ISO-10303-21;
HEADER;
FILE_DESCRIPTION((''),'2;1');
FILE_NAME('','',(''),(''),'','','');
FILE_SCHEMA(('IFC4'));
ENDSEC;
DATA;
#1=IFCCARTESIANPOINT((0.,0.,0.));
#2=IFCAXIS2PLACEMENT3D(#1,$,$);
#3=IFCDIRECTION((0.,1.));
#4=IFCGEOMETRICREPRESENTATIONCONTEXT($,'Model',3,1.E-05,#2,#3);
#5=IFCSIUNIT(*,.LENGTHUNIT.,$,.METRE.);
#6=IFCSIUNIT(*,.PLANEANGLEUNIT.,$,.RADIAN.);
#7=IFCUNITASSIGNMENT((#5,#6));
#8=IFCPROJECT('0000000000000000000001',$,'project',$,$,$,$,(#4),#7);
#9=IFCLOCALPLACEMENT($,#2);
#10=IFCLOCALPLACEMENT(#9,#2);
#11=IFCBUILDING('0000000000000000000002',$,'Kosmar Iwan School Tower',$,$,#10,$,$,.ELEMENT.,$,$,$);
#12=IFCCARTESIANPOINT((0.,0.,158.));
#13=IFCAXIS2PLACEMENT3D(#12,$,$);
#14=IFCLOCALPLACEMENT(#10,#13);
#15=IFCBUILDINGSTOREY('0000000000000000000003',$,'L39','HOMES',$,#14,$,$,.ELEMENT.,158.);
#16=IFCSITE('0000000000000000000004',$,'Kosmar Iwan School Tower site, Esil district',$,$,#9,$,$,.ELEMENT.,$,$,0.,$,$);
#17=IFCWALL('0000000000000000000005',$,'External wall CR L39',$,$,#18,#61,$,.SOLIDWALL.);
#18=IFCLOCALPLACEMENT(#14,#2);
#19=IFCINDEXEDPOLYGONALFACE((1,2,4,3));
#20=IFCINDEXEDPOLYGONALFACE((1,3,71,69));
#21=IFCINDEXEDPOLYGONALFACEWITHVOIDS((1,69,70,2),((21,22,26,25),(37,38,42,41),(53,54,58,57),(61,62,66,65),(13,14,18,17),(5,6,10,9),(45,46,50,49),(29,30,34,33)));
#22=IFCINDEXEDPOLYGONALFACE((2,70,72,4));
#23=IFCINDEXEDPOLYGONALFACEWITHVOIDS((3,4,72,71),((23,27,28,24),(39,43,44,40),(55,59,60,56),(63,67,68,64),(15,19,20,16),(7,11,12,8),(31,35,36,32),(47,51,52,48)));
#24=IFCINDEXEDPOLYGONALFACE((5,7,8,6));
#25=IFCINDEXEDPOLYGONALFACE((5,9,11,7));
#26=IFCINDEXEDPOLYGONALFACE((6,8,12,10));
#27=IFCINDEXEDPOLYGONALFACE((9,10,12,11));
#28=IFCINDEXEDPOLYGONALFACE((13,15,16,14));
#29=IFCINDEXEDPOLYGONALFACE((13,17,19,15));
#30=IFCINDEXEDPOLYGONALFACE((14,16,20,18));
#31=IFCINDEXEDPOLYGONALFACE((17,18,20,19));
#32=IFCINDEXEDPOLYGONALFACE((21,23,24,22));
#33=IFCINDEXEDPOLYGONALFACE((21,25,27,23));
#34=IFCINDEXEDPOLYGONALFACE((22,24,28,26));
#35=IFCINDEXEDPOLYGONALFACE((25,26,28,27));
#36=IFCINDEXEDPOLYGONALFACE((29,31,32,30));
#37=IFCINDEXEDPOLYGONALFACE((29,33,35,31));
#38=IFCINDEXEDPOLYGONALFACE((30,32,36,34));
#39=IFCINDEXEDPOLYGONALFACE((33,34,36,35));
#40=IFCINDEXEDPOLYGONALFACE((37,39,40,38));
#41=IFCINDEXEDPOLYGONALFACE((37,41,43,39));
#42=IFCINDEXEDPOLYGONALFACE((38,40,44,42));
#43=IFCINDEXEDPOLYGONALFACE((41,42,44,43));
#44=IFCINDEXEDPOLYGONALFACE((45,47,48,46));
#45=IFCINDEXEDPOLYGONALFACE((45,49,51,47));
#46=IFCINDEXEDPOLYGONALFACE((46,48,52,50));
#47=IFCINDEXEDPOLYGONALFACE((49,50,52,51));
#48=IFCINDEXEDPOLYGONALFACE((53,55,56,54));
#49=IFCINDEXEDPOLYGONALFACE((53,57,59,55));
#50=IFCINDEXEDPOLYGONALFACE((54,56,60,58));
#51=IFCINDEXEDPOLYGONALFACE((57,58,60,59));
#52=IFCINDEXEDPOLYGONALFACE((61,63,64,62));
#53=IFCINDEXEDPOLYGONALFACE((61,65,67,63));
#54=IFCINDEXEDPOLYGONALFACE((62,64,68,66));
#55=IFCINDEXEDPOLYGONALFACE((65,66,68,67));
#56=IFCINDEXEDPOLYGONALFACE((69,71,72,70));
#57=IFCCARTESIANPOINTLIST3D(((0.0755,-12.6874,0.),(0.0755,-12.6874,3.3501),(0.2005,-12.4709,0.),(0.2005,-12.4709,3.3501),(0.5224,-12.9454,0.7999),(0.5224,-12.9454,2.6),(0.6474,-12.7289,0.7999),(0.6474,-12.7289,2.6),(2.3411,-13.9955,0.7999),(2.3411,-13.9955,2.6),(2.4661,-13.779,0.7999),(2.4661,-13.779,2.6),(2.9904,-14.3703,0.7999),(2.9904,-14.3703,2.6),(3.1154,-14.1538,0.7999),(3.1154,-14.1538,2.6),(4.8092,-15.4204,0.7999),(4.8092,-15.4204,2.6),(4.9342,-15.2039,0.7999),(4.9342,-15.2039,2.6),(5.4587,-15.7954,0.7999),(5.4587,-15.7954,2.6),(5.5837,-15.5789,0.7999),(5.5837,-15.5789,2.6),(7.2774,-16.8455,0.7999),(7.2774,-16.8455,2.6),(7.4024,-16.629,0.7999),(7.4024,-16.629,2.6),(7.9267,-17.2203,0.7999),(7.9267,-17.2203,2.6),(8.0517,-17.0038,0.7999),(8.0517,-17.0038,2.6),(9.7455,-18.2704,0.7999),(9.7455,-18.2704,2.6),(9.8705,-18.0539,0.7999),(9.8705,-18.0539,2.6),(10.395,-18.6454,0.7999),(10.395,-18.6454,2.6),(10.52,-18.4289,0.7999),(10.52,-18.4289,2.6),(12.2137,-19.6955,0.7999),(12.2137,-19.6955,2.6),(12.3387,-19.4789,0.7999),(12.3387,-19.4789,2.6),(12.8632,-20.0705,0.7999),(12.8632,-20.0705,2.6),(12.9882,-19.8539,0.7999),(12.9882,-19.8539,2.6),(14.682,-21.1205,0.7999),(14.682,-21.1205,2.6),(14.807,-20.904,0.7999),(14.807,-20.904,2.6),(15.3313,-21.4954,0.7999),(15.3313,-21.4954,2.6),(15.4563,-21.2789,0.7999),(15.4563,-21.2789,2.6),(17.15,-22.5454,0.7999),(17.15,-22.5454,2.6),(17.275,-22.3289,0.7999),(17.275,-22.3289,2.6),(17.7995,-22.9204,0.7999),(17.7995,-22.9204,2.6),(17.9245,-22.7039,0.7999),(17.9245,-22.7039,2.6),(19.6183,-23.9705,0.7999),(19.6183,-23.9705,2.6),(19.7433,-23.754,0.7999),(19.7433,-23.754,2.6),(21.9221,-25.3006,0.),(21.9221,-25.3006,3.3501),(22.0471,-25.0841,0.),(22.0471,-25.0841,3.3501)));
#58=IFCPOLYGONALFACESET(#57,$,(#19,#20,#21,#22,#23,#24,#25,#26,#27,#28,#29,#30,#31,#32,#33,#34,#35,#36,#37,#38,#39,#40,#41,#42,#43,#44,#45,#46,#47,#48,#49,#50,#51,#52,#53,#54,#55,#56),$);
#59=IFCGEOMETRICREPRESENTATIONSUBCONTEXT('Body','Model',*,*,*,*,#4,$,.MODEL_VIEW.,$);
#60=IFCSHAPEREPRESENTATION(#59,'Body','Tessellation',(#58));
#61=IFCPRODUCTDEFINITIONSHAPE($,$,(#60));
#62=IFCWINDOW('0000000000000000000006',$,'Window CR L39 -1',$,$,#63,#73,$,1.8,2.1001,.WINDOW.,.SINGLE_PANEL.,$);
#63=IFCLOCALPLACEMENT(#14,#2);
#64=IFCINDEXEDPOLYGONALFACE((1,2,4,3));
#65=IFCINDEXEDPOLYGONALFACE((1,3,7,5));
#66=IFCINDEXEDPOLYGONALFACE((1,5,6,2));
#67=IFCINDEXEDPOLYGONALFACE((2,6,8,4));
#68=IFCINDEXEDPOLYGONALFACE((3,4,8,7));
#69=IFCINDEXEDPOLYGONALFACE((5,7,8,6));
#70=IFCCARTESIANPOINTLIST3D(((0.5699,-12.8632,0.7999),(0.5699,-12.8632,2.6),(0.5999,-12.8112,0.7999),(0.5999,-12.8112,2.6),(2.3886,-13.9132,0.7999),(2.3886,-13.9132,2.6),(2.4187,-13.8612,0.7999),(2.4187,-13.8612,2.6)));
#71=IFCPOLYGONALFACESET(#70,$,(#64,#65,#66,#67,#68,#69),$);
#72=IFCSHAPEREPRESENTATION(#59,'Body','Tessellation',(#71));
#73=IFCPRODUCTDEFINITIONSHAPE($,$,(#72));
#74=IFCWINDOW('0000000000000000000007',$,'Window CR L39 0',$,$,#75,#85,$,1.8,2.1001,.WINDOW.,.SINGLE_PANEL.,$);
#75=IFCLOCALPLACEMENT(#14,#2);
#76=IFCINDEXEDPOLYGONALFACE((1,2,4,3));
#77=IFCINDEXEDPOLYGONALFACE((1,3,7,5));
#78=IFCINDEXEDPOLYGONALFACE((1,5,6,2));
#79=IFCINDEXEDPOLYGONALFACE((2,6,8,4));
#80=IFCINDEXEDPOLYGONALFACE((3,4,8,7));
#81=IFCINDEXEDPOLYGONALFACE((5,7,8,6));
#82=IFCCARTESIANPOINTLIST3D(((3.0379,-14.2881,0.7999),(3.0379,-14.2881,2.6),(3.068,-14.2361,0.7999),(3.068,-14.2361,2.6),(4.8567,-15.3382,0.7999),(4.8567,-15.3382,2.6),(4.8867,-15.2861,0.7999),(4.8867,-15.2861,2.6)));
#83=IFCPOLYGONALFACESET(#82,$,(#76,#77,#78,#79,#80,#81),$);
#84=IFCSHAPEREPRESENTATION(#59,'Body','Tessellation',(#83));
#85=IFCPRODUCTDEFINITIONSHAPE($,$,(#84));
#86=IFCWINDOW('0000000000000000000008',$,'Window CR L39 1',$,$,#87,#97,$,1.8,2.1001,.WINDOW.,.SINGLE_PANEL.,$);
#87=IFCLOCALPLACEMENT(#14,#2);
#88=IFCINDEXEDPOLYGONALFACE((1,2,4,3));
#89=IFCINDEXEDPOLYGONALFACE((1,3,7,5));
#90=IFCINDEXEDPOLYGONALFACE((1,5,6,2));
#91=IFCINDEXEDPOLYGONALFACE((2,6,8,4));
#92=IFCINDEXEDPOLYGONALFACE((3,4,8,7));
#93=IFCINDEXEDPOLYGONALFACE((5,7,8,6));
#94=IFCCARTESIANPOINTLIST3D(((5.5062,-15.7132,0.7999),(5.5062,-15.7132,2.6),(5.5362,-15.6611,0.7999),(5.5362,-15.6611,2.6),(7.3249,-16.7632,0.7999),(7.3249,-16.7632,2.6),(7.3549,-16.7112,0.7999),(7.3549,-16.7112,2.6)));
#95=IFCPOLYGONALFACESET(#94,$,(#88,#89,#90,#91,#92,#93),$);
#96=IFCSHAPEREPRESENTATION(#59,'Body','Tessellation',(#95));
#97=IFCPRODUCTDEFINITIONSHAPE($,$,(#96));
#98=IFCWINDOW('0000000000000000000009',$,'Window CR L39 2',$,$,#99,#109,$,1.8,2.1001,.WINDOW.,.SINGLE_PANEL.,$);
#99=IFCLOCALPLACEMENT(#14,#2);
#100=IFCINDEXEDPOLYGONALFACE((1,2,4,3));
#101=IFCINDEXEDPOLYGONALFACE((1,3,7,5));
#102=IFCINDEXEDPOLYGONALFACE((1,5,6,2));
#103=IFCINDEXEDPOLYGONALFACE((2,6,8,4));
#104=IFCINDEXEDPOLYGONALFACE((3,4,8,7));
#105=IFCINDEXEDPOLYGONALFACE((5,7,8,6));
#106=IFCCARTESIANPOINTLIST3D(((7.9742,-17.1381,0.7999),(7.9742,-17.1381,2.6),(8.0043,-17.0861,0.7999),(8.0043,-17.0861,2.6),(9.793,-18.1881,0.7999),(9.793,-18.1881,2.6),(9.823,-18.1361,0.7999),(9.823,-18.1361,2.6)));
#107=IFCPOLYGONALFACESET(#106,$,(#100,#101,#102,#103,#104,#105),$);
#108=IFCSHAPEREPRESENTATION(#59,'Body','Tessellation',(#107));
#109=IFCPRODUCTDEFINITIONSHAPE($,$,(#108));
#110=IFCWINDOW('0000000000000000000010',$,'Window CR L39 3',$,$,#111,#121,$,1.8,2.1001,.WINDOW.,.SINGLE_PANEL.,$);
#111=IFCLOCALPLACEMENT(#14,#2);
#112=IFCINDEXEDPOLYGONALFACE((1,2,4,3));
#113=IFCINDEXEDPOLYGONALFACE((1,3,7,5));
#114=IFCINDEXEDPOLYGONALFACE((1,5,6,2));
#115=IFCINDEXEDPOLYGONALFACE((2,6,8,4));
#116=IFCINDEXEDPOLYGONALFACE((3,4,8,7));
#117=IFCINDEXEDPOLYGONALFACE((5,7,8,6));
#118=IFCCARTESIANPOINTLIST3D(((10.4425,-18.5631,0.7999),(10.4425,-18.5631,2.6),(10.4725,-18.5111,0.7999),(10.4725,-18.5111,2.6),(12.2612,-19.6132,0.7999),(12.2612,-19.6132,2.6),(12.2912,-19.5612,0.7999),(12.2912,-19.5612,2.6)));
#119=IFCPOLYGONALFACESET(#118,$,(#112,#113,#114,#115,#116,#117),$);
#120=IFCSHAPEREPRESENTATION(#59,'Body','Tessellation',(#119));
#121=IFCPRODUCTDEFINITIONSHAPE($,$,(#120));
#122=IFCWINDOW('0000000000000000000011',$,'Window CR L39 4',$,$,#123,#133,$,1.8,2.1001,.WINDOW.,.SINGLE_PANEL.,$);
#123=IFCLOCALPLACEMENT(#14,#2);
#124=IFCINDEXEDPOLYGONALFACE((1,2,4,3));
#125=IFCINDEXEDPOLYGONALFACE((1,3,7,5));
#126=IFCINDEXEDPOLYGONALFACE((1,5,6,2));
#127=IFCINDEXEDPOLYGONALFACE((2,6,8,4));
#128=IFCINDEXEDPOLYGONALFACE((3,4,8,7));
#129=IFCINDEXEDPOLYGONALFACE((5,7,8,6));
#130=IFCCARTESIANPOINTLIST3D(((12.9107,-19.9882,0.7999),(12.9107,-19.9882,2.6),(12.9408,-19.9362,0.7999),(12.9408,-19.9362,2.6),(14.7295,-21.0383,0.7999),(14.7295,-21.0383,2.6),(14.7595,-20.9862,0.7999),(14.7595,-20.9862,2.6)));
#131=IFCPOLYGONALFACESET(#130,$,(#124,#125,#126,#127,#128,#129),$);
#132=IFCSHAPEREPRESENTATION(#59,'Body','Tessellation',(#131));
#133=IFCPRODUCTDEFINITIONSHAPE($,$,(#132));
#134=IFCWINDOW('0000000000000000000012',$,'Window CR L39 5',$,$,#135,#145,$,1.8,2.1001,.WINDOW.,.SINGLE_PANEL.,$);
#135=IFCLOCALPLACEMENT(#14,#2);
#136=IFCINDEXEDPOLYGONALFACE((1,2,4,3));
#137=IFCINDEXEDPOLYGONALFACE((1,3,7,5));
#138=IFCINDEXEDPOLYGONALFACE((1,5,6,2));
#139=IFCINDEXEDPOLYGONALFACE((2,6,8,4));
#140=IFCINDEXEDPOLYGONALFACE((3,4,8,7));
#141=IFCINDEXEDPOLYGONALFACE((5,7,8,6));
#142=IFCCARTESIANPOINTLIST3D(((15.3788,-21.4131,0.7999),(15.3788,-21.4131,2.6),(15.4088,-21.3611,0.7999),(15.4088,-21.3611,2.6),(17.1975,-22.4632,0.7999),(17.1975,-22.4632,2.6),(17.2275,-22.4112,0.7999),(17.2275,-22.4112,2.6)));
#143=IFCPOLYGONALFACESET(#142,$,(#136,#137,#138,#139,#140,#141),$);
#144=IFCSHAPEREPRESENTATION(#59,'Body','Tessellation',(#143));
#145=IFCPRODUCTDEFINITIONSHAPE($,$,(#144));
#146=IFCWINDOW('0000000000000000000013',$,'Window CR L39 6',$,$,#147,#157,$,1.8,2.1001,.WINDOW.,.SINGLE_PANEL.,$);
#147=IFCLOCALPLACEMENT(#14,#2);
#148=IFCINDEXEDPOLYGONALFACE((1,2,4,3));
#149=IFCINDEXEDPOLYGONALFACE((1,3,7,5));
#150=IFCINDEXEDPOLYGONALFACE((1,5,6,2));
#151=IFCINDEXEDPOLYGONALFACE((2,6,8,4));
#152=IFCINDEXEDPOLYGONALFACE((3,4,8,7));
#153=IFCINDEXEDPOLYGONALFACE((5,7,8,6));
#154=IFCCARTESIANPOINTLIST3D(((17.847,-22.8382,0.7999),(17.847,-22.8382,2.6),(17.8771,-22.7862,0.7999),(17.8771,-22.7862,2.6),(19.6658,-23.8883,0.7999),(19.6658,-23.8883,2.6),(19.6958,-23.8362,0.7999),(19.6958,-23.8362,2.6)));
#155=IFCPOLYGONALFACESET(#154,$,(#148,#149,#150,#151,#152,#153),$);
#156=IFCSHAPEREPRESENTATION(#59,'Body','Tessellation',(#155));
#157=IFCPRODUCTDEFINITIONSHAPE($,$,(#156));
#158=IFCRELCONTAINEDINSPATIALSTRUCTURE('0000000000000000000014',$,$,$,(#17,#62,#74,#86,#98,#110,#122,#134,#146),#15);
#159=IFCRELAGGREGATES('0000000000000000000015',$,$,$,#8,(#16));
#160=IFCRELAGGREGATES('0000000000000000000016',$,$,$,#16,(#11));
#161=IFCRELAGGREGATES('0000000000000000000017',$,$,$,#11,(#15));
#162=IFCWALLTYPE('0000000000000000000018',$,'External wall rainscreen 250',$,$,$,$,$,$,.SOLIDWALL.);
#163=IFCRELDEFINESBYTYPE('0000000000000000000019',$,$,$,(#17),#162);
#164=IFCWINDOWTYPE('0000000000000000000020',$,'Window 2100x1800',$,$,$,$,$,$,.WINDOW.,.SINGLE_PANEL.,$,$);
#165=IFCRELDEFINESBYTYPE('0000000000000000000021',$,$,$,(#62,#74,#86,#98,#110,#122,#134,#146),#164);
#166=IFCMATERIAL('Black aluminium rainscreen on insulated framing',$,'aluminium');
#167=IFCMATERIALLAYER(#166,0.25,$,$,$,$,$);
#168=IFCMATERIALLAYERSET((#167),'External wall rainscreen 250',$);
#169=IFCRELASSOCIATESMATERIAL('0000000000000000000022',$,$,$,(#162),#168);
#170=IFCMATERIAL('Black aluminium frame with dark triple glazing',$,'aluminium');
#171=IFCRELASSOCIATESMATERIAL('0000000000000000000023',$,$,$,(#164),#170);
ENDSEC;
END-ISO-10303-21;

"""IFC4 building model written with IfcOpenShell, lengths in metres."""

from ifc_helpers import new_model, si_unit, direction, frame, frame_2d, origin, place, context, subcontext, project, spatial, rectangle, extrude, material, layer, layer_set, type_object, element, fill, save


model = new_model("IFC4")

# Units and contexts
model_context = context("Model", 3, precision=1e-05, world=origin(), true_north=direction((0.0, 1.0)))
body_context = subcontext(model_context, "Body", "Model", "MODEL_VIEW")
ifc_project = project(units=[si_unit("LENGTHUNIT", "METRE"), si_unit("PLANEANGLEUNIT", "RADIAN")], contexts=[model_context])

# Site, building, storey
site_placement = place(None, origin())
site = spatial("IfcSite", under=ifc_project, at=site_placement, Name="Kosmar Iwan School Tower site, Esil district", CompositionType="ELEMENT", RefElevation=0.0)
building_placement = place(site_placement, origin())
building = spatial("IfcBuilding", under=site, at=building_placement, Name="Kosmar Iwan School Tower", CompositionType="ELEMENT")
storey_placement = place(building_placement, frame((0.0, 0.0, 158.0)))
storey = spatial("IfcBuildingStorey", under=building, at=storey_placement, Name="L39", Description="HOMES", CompositionType="ELEMENT", Elevation=158.0)

# Wall, openings, windows
ifc_material_1 = material(Name="Black aluminium rainscreen on insulated framing", Category="aluminium")
ifc_layer = layer(ifc_material_1, 0.25)
ifc_layer_set = layer_set([ifc_layer], Name="External wall rainscreen 250")
wall_type = type_object("IfcWallType", Name="External wall rainscreen 250", PredefinedType="SOLIDWALL", material=ifc_layer_set)
ifc_material_2 = material(Name="Black aluminium frame with dark triple glazing", Category="aluminium")
window_type = type_object("IfcWindowType", Name="Window 2100x1800", PartitioningType="SINGLE_PANEL", PredefinedType="WINDOW", material=ifc_material_2)
wall_1_placement = place(storey_placement, frame((0.1379, -12.5791, 0.0), z_axis=(0.0, 0.0, 1.0), x_axis=(0.866024, -0.500003, 0.0)))
wall_1 = element("IfcWall", 1, at=wall_1_placement, inside=storey, type_object=wall_type, Name="External wall CR L39", PredefinedType="SOLIDWALL", context=body_context, shape_type="SweptSolid", body=[
    extrude(rectangle(XDim=25.2263, YDim=0.25, at=frame_2d((12.6133, 0.0))), origin(), (0.0, 0.0, 1.0), 3.3501),
])
opening_1_placement = place(wall_1_placement, frame((0.5161, 0.0, 0.8)))
opening_1 = element("IfcOpeningElement", 2, at=opening_1_placement, cuts=wall_1, PredefinedType="OPENING", context=body_context, shape_type="SweptSolid", body=[
    extrude(rectangle(XDim=2.1001, YDim=1.8, at=frame_2d((1.05, 0.8999))), frame((0.0, 0.137, 0.0), z_axis=(0.0, -1.0, 0.0), x_axis=(1.0, 0.0, 0.0)), (0.0, 0.0, 1.0), 0.2739),
])
opening_2_placement = place(wall_1_placement, frame((3.366, 0.0, 0.8)))
opening_2 = element("IfcOpeningElement", 3, at=opening_2_placement, cuts=wall_1, PredefinedType="OPENING", context=body_context, shape_type="SweptSolid", body=[
    extrude(rectangle(XDim=2.1001, YDim=1.8, at=frame_2d((1.05, 0.8999))), frame((0.0, 0.137, 0.0), z_axis=(0.0, -1.0, 0.0), x_axis=(1.0, 0.0, 0.0)), (0.0, 0.0, 1.0), 0.2739),
])
opening_3_placement = place(wall_1_placement, frame((6.2161, 0.0, 0.8)))
opening_3 = element("IfcOpeningElement", 4, at=opening_3_placement, cuts=wall_1, PredefinedType="OPENING", context=body_context, shape_type="SweptSolid", body=[
    extrude(rectangle(XDim=2.1001, YDim=1.8, at=frame_2d((1.05, 0.8999))), frame((0.0, 0.137, 0.0), z_axis=(0.0, -1.0, 0.0), x_axis=(1.0, 0.0, 0.0)), (0.0, 0.0, 1.0), 0.2739),
])
opening_4_placement = place(wall_1_placement, frame((9.0659, 0.0, 0.8)))
opening_4 = element("IfcOpeningElement", 5, at=opening_4_placement, cuts=wall_1, PredefinedType="OPENING", context=body_context, shape_type="SweptSolid", body=[
    extrude(rectangle(XDim=2.1001, YDim=1.8, at=frame_2d((1.05, 0.8999))), frame((0.0, 0.137, 0.0), z_axis=(0.0, -1.0, 0.0), x_axis=(1.0, 0.0, 0.0)), (0.0, 0.0, 1.0), 0.2739),
])
opening_5_placement = place(wall_1_placement, frame((11.916, 0.0, 0.8)))
opening_5 = element("IfcOpeningElement", 6, at=opening_5_placement, cuts=wall_1, PredefinedType="OPENING", context=body_context, shape_type="SweptSolid", body=[
    extrude(rectangle(XDim=2.1001, YDim=1.8, at=frame_2d((1.05, 0.8999))), frame((0.0, 0.137, 0.0), z_axis=(0.0, -1.0, 0.0), x_axis=(1.0, 0.0, 0.0)), (0.0, 0.0, 1.0), 0.2739),
])
opening_6_placement = place(wall_1_placement, frame((14.7661, 0.0, 0.8)))
opening_6 = element("IfcOpeningElement", 7, at=opening_6_placement, cuts=wall_1, PredefinedType="OPENING", context=body_context, shape_type="SweptSolid", body=[
    extrude(rectangle(XDim=2.1001, YDim=1.8, at=frame_2d((1.05, 0.8999))), frame((0.0, 0.137, 0.0), z_axis=(0.0, -1.0, 0.0), x_axis=(1.0, 0.0, 0.0)), (0.0, 0.0, 1.0), 0.2739),
])
opening_7_placement = place(wall_1_placement, frame((17.616, 0.0, 0.8)))
opening_7 = element("IfcOpeningElement", 8, at=opening_7_placement, cuts=wall_1, PredefinedType="OPENING", context=body_context, shape_type="SweptSolid", body=[
    extrude(rectangle(XDim=2.1001, YDim=1.8, at=frame_2d((1.05, 0.8999))), frame((0.0, 0.137, 0.0), z_axis=(0.0, -1.0, 0.0), x_axis=(1.0, 0.0, 0.0)), (0.0, 0.0, 1.0), 0.2739),
])
opening_8_placement = place(wall_1_placement, frame((20.4661, 0.0, 0.8)))
opening_8 = element("IfcOpeningElement", 9, at=opening_8_placement, cuts=wall_1, PredefinedType="OPENING", context=body_context, shape_type="SweptSolid", body=[
    extrude(rectangle(XDim=2.1001, YDim=1.8, at=frame_2d((1.05, 0.8999))), frame((0.0, 0.137, 0.0), z_axis=(0.0, -1.0, 0.0), x_axis=(1.0, 0.0, 0.0)), (0.0, 0.0, 1.0), 0.2739),
])
window_1_placement = place(opening_1_placement, origin())
window_1 = element("IfcWindow", 10, at=window_1_placement, inside=storey, type_object=window_type, Name="Window CR L39 -1", OverallHeight=1.8, OverallWidth=2.1001, PartitioningType="SINGLE_PANEL", PredefinedType="WINDOW", context=body_context, shape_type="SweptSolid", body=[
    extrude(rectangle(XDim=2.1001, YDim=1.8, at=frame_2d((1.05, 0.8999))), frame((0.0, 0.03, 0.0), z_axis=(0.0, -1.0, 0.0), x_axis=(1.0, 0.0, 0.0)), (0.0, 0.0, 1.0), 0.0601),
])
fill(opening_1, window_1)
window_2_placement = place(opening_2_placement, origin())
window_2 = element("IfcWindow", 11, at=window_2_placement, inside=storey, type_object=window_type, Name="Window CR L39 0", OverallHeight=1.8, OverallWidth=2.1001, PartitioningType="SINGLE_PANEL", PredefinedType="WINDOW", context=body_context, shape_type="SweptSolid", body=[
    extrude(rectangle(XDim=2.1001, YDim=1.8, at=frame_2d((1.05, 0.8999))), frame((0.0, 0.03, 0.0), z_axis=(0.0, -1.0, 0.0), x_axis=(1.0, 0.0, 0.0)), (0.0, 0.0, 1.0), 0.0601),
])
fill(opening_2, window_2)
window_3_placement = place(opening_3_placement, origin())
window_3 = element("IfcWindow", 12, at=window_3_placement, inside=storey, type_object=window_type, Name="Window CR L39 1", OverallHeight=1.8, OverallWidth=2.1001, PartitioningType="SINGLE_PANEL", PredefinedType="WINDOW", context=body_context, shape_type="SweptSolid", body=[
    extrude(rectangle(XDim=2.1001, YDim=1.8, at=frame_2d((1.05, 0.8999))), frame((0.0, 0.03, 0.0), z_axis=(0.0, -1.0, 0.0), x_axis=(1.0, 0.0, 0.0)), (0.0, 0.0, 1.0), 0.0601),
])
fill(opening_3, window_3)
window_4_placement = place(opening_4_placement, origin())
window_4 = element("IfcWindow", 13, at=window_4_placement, inside=storey, type_object=window_type, Name="Window CR L39 2", OverallHeight=1.8, OverallWidth=2.1001, PartitioningType="SINGLE_PANEL", PredefinedType="WINDOW", context=body_context, shape_type="SweptSolid", body=[
    extrude(rectangle(XDim=2.1001, YDim=1.8, at=frame_2d((1.05, 0.8999))), frame((0.0, 0.03, 0.0), z_axis=(0.0, -1.0, 0.0), x_axis=(1.0, 0.0, 0.0)), (0.0, 0.0, 1.0), 0.0601),
])
fill(opening_4, window_4)
window_5_placement = place(opening_5_placement, origin())
window_5 = element("IfcWindow", 14, at=window_5_placement, inside=storey, type_object=window_type, Name="Window CR L39 3", OverallHeight=1.8, OverallWidth=2.1001, PartitioningType="SINGLE_PANEL", PredefinedType="WINDOW", context=body_context, shape_type="SweptSolid", body=[
    extrude(rectangle(XDim=2.1001, YDim=1.8, at=frame_2d((1.05, 0.8999))), frame((0.0, 0.03, 0.0), z_axis=(0.0, -1.0, 0.0), x_axis=(1.0, 0.0, 0.0)), (0.0, 0.0, 1.0), 0.0601),
])
fill(opening_5, window_5)
window_6_placement = place(opening_6_placement, origin())
window_6 = element("IfcWindow", 15, at=window_6_placement, inside=storey, type_object=window_type, Name="Window CR L39 4", OverallHeight=1.8, OverallWidth=2.1001, PartitioningType="SINGLE_PANEL", PredefinedType="WINDOW", context=body_context, shape_type="SweptSolid", body=[
    extrude(rectangle(XDim=2.1001, YDim=1.8, at=frame_2d((1.05, 0.8999))), frame((0.0, 0.03, 0.0), z_axis=(0.0, -1.0, 0.0), x_axis=(1.0, 0.0, 0.0)), (0.0, 0.0, 1.0), 0.0601),
])
fill(opening_6, window_6)
window_7_placement = place(opening_7_placement, origin())
window_7 = element("IfcWindow", 16, at=window_7_placement, inside=storey, type_object=window_type, Name="Window CR L39 5", OverallHeight=1.8, OverallWidth=2.1001, PartitioningType="SINGLE_PANEL", PredefinedType="WINDOW", context=body_context, shape_type="SweptSolid", body=[
    extrude(rectangle(XDim=2.1001, YDim=1.8, at=frame_2d((1.05, 0.8999))), frame((0.0, 0.03, 0.0), z_axis=(0.0, -1.0, 0.0), x_axis=(1.0, 0.0, 0.0)), (0.0, 0.0, 1.0), 0.0601),
])
fill(opening_7, window_7)
window_8_placement = place(opening_8_placement, origin())
window_8 = element("IfcWindow", 17, at=window_8_placement, inside=storey, type_object=window_type, Name="Window CR L39 6", OverallHeight=1.8, OverallWidth=2.1001, PartitioningType="SINGLE_PANEL", PredefinedType="WINDOW", context=body_context, shape_type="SweptSolid", body=[
    extrude(rectangle(XDim=2.1001, YDim=1.8, at=frame_2d((1.05, 0.8999))), frame((0.0, 0.03, 0.0), z_axis=(0.0, -1.0, 0.0), x_axis=(1.0, 0.0, 0.0)), (0.0, 0.0, 1.0), 0.0601),
])
fill(opening_8, window_8)

save(model, "model.ifc")
